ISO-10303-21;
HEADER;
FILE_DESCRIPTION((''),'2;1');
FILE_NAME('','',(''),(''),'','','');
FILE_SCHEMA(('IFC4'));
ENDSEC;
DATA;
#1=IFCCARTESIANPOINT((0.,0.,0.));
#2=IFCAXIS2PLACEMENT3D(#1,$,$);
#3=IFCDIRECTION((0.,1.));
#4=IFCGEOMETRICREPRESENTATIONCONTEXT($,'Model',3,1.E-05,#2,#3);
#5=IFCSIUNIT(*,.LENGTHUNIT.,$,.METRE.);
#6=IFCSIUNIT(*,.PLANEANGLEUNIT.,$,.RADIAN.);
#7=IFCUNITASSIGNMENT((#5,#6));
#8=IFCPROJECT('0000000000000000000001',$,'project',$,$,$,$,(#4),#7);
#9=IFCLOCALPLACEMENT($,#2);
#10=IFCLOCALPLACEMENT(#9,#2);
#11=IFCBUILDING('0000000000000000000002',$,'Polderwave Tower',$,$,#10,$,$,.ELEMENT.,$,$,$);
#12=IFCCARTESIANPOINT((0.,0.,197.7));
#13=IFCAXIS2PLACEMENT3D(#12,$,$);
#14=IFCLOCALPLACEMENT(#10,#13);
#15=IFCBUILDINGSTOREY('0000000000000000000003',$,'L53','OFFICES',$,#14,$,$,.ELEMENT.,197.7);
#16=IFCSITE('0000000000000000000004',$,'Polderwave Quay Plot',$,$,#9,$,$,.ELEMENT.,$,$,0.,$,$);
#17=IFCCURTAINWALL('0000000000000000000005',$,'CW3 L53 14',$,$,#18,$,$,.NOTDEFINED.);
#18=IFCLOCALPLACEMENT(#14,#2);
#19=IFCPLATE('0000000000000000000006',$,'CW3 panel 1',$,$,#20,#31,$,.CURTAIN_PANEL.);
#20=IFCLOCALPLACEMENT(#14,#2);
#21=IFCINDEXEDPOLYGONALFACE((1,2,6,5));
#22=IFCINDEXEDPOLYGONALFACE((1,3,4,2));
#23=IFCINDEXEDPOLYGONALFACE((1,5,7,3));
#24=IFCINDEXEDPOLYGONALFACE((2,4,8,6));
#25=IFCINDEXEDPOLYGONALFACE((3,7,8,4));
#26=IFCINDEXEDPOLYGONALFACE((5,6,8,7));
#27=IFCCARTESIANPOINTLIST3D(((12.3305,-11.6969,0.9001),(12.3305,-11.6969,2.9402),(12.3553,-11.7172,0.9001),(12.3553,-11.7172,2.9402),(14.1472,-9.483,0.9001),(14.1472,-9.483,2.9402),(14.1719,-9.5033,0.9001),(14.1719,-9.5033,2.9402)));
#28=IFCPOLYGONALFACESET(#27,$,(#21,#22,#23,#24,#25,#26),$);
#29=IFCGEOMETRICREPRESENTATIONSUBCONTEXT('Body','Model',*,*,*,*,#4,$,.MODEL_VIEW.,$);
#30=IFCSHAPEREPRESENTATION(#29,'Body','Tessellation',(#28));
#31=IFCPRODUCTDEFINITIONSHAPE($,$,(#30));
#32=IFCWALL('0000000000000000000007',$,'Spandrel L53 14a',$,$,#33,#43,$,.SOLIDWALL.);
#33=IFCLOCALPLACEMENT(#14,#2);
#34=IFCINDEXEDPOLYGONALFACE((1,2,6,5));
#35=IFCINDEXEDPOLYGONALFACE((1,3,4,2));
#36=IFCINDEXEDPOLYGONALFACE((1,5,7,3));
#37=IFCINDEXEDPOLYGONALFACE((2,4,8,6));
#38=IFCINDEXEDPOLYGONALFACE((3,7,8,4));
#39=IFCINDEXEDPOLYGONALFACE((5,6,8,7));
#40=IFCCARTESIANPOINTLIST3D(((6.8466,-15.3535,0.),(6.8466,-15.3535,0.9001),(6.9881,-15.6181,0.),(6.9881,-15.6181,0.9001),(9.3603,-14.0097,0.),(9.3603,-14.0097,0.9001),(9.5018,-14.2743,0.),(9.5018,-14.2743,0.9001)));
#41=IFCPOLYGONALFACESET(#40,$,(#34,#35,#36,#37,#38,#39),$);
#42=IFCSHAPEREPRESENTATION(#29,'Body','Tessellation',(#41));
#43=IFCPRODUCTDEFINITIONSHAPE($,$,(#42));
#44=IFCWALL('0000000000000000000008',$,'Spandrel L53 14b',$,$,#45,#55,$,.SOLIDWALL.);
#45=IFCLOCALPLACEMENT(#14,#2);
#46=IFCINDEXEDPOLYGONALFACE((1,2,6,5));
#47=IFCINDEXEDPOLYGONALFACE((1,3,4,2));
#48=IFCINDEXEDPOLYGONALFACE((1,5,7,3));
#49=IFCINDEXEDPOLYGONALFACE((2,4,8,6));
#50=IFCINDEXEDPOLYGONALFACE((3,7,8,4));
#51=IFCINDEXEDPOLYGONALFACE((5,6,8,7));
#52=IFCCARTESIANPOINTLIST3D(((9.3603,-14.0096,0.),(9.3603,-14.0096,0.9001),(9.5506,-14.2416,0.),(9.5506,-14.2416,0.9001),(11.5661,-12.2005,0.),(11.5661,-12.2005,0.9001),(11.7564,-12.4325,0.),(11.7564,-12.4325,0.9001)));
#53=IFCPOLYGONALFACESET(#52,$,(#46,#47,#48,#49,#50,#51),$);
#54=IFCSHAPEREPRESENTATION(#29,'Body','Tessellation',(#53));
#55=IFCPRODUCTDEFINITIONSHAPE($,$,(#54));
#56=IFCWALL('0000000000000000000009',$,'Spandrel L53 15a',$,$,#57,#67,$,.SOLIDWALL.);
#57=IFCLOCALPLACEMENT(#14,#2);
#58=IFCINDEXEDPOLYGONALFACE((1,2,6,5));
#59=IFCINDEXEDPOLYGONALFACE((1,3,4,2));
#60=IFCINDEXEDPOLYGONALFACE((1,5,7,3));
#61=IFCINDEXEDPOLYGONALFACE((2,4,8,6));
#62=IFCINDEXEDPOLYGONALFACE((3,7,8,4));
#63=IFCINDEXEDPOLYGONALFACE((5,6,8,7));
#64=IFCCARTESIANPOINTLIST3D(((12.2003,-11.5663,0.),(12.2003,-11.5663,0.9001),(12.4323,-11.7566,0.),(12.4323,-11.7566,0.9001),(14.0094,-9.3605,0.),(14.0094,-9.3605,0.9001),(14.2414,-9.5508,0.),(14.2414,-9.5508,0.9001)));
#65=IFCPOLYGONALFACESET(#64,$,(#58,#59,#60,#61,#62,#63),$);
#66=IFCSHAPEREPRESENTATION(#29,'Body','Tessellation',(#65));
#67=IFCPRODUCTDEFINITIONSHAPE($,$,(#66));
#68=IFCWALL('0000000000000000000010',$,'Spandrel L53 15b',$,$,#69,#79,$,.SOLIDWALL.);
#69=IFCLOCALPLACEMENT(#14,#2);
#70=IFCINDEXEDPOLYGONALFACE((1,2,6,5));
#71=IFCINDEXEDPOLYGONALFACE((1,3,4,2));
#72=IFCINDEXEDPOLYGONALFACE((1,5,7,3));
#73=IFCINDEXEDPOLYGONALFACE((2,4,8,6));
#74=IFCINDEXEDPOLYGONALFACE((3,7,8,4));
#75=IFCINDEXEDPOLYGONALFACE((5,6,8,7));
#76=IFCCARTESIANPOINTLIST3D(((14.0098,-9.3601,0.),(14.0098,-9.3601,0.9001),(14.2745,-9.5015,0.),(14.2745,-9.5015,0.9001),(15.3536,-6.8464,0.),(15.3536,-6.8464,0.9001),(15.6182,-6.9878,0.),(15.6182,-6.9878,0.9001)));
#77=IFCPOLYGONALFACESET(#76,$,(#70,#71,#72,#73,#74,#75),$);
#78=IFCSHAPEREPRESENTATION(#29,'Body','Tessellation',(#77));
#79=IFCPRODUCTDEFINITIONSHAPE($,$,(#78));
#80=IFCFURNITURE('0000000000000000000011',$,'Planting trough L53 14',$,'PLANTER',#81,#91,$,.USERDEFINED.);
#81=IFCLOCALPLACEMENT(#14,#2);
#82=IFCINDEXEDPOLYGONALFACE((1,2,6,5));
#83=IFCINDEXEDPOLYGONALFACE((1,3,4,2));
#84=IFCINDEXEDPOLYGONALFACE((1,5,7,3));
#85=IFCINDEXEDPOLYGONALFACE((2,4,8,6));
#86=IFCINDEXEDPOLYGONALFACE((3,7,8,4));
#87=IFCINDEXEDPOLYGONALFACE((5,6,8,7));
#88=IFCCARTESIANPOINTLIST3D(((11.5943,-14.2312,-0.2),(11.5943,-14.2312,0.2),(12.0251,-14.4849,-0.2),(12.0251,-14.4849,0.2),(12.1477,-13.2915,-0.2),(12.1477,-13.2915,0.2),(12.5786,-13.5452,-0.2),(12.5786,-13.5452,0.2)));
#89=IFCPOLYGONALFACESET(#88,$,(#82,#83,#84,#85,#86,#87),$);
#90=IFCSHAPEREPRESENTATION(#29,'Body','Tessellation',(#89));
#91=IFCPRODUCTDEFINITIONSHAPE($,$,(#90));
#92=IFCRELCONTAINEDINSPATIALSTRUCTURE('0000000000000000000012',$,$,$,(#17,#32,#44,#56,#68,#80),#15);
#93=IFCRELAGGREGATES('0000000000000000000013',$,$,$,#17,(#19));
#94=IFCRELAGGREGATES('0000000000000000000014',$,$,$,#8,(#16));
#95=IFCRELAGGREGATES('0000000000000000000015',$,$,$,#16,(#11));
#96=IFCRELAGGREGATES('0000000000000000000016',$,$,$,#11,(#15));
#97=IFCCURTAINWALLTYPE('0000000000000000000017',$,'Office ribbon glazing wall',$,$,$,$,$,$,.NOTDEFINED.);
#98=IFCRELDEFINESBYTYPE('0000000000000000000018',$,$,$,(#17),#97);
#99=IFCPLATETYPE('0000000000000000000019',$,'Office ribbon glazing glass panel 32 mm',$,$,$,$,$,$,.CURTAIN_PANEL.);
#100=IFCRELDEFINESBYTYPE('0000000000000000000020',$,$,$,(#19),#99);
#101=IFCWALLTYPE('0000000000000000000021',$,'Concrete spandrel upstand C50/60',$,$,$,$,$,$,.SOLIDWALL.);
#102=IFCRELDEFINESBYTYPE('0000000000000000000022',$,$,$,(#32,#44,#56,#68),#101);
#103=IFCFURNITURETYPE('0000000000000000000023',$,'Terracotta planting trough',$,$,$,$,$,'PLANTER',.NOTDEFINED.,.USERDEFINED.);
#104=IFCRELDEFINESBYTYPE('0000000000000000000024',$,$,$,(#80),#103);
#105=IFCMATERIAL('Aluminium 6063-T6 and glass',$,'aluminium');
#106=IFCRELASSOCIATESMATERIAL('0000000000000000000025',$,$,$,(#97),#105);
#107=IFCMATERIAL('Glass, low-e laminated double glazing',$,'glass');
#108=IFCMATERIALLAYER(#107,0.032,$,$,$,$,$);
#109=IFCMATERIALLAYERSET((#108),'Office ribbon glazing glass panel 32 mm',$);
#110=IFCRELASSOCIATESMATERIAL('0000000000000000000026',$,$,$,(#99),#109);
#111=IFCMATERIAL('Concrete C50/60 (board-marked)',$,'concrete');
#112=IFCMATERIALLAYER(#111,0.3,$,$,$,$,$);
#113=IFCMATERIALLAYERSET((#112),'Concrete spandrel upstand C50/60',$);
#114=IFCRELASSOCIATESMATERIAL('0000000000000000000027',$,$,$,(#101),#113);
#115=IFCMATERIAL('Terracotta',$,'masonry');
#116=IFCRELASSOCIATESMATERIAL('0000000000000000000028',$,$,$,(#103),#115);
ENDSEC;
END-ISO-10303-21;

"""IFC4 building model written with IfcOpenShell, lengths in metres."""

from ifc_helpers import new_model, si_unit, direction, frame, frame_2d, origin, origin_2d, place, context, subcontext, project, spatial, rectangle, extrude, material, layer, layer_set, type_object, element, aggregate, save


model = new_model("IFC4")

# Units and contexts
model_context = context("Model", 3, precision=1e-05, world=origin(), true_north=direction((0.0, 1.0)))
body_context = subcontext(model_context, "Body", "Model", "MODEL_VIEW")
ifc_project = project(units=[si_unit("LENGTHUNIT", "METRE"), si_unit("PLANEANGLEUNIT", "RADIAN")], contexts=[model_context])

# Site, building, storey
site_placement = place(None, origin())
site = spatial("IfcSite", under=ifc_project, at=site_placement, Name="Polderwave Quay Plot", CompositionType="ELEMENT", RefElevation=0.0)
building_placement = place(site_placement, origin())
building = spatial("IfcBuilding", under=site, at=building_placement, Name="Polderwave Tower", CompositionType="ELEMENT")
storey_placement = place(building_placement, frame((0.0, 0.0, 197.7)))
storey = spatial("IfcBuildingStorey", under=building, at=storey_placement, Name="L53", Description="OFFICES", CompositionType="ELEMENT", Elevation=197.7)

# Curtain wall
ifc_material_1 = material(Name="Aluminium 6063-T6 and glass", Category="aluminium")
curtain_wall_type = type_object("IfcCurtainWallType", Name="Office ribbon glazing wall", PredefinedType="NOTDEFINED", material=ifc_material_1)
curtain_wall_1_placement = place(storey_placement, origin())
curtain_wall_1 = element("IfcCurtainWall", 1, at=curtain_wall_1_placement, inside=storey, type_object=curtain_wall_type, Name="CW3 L53 14", PredefinedType="NOTDEFINED")

# Plate
ifc_material_2 = material(Name="Glass, low-e laminated double glazing", Category="glass")
ifc_layer_1 = layer(ifc_material_2, 0.032)
ifc_layer_set_1 = layer_set([ifc_layer_1], Name="Office ribbon glazing glass panel 32 mm")
plate_type = type_object("IfcPlateType", Name="Office ribbon glazing glass panel 32 mm", PredefinedType="CURTAIN_PANEL", material=ifc_layer_set_1)
plate_1_placement = place(storey_placement, frame((13.2512, -10.6001, 0.9001), z_axis=(0.0, 0.0, 1.0), x_axis=(0.634349, 0.773047, 0.0)))
plate_1 = element("IfcPlate", 2, at=plate_1_placement, type_object=plate_type, Name="CW3 panel 1", PredefinedType="CURTAIN_PANEL", context=body_context, shape_type="SweptSolid", body=[
    extrude(rectangle(XDim=2.8638, YDim=0.032, at=origin_2d()), origin(), (0.0, 0.0, 1.0), 2.04),
])
aggregate(curtain_wall_1, [plate_1])

# Walls
ifc_material_3 = material(Name="Concrete C50/60 (board-marked)", Category="concrete")
ifc_layer_2 = layer(ifc_material_3, 0.3)
ifc_layer_set_2 = layer_set([ifc_layer_2], Name="Concrete spandrel upstand C50/60")
wall_type = type_object("IfcWallType", Name="Concrete spandrel upstand C50/60", PredefinedType="SOLIDWALL", material=ifc_layer_set_2)
wall_1_placement = place(storey_placement, frame((6.9172, -15.4858, 0.0), z_axis=(0.0, 0.0, 1.0), x_axis=(0.881897, 0.471442, 0.0)))
element("IfcWall", 3, at=wall_1_placement, inside=storey, type_object=wall_type, Name="Spandrel L53 14a", PredefinedType="SOLIDWALL", context=body_context, shape_type="SweptSolid", body=[
    extrude(rectangle(XDim=2.8503, YDim=0.3, at=frame_2d((1.4253, 0.0))), origin(), (0.0, 0.0, 1.0), 0.9001),
])
for number, where, z_axis, x_axis, name in (
    (4, (9.4556, -14.1255, 0.0), (0.0, 0.0, 1.0), (0.773213, 0.634146, 0.0), "Spandrel L53 14b"),
    (5, (12.3164, -11.6614, 0.0), (0.0, 0.0, 1.0), (0.634146, 0.773213, 0.0), "Spandrel L53 15a"),
):
    element("IfcWall", number, at=place(storey_placement, frame(where, z_axis=z_axis, x_axis=x_axis)), inside=storey, type_object=wall_type, Name=name, PredefinedType="SOLIDWALL", context=body_context, shape_type="SweptSolid", body=[
        extrude(rectangle(XDim=2.8528, YDim=0.3, at=frame_2d((1.4263, 0.0))), origin(), (0.0, 0.0, 1.0), 0.9001),
    ])
wall_2_placement = place(storey_placement, frame((14.1421, -9.4309, 0.0), z_axis=(0.0, 0.0, 1.0), x_axis=(0.471442, 0.881897, 0.0)))
element("IfcWall", 6, at=wall_2_placement, inside=storey, type_object=wall_type, Name="Spandrel L53 15b", PredefinedType="SOLIDWALL", context=body_context, shape_type="SweptSolid", body=[
    extrude(rectangle(XDim=2.8503, YDim=0.3, at=frame_2d((1.4253, 0.0))), origin(), (0.0, 0.0, 1.0), 0.9001),
])

# Furniture
ifc_material_4 = material(Name="Terracotta", Category="masonry")
furniture_type = type_object("IfcFurnitureType", Name="Terracotta planting trough", ElementType="PLANTER", AssemblyPlace="NOTDEFINED", PredefinedType="USERDEFINED", material=ifc_material_4)
furniture_placement = place(storey_placement, frame((12.0864, -13.8882, -0.2), z_axis=(0.0, 0.0, 1.0), x_axis=(0.507463, 0.861673, 0.0)))
element("IfcFurniture", 7, at=furniture_placement, inside=storey, type_object=furniture_type, Name="Planting trough L53 14", ObjectType="PLANTER", PredefinedType="USERDEFINED", context=body_context, shape_type="SweptSolid", body=[
    extrude(rectangle(XDim=1.0906, YDim=0.5, at=origin_2d()), origin(), (0.0, 0.0, 1.0), 0.3999),
])

save(model, "model.ifc")
